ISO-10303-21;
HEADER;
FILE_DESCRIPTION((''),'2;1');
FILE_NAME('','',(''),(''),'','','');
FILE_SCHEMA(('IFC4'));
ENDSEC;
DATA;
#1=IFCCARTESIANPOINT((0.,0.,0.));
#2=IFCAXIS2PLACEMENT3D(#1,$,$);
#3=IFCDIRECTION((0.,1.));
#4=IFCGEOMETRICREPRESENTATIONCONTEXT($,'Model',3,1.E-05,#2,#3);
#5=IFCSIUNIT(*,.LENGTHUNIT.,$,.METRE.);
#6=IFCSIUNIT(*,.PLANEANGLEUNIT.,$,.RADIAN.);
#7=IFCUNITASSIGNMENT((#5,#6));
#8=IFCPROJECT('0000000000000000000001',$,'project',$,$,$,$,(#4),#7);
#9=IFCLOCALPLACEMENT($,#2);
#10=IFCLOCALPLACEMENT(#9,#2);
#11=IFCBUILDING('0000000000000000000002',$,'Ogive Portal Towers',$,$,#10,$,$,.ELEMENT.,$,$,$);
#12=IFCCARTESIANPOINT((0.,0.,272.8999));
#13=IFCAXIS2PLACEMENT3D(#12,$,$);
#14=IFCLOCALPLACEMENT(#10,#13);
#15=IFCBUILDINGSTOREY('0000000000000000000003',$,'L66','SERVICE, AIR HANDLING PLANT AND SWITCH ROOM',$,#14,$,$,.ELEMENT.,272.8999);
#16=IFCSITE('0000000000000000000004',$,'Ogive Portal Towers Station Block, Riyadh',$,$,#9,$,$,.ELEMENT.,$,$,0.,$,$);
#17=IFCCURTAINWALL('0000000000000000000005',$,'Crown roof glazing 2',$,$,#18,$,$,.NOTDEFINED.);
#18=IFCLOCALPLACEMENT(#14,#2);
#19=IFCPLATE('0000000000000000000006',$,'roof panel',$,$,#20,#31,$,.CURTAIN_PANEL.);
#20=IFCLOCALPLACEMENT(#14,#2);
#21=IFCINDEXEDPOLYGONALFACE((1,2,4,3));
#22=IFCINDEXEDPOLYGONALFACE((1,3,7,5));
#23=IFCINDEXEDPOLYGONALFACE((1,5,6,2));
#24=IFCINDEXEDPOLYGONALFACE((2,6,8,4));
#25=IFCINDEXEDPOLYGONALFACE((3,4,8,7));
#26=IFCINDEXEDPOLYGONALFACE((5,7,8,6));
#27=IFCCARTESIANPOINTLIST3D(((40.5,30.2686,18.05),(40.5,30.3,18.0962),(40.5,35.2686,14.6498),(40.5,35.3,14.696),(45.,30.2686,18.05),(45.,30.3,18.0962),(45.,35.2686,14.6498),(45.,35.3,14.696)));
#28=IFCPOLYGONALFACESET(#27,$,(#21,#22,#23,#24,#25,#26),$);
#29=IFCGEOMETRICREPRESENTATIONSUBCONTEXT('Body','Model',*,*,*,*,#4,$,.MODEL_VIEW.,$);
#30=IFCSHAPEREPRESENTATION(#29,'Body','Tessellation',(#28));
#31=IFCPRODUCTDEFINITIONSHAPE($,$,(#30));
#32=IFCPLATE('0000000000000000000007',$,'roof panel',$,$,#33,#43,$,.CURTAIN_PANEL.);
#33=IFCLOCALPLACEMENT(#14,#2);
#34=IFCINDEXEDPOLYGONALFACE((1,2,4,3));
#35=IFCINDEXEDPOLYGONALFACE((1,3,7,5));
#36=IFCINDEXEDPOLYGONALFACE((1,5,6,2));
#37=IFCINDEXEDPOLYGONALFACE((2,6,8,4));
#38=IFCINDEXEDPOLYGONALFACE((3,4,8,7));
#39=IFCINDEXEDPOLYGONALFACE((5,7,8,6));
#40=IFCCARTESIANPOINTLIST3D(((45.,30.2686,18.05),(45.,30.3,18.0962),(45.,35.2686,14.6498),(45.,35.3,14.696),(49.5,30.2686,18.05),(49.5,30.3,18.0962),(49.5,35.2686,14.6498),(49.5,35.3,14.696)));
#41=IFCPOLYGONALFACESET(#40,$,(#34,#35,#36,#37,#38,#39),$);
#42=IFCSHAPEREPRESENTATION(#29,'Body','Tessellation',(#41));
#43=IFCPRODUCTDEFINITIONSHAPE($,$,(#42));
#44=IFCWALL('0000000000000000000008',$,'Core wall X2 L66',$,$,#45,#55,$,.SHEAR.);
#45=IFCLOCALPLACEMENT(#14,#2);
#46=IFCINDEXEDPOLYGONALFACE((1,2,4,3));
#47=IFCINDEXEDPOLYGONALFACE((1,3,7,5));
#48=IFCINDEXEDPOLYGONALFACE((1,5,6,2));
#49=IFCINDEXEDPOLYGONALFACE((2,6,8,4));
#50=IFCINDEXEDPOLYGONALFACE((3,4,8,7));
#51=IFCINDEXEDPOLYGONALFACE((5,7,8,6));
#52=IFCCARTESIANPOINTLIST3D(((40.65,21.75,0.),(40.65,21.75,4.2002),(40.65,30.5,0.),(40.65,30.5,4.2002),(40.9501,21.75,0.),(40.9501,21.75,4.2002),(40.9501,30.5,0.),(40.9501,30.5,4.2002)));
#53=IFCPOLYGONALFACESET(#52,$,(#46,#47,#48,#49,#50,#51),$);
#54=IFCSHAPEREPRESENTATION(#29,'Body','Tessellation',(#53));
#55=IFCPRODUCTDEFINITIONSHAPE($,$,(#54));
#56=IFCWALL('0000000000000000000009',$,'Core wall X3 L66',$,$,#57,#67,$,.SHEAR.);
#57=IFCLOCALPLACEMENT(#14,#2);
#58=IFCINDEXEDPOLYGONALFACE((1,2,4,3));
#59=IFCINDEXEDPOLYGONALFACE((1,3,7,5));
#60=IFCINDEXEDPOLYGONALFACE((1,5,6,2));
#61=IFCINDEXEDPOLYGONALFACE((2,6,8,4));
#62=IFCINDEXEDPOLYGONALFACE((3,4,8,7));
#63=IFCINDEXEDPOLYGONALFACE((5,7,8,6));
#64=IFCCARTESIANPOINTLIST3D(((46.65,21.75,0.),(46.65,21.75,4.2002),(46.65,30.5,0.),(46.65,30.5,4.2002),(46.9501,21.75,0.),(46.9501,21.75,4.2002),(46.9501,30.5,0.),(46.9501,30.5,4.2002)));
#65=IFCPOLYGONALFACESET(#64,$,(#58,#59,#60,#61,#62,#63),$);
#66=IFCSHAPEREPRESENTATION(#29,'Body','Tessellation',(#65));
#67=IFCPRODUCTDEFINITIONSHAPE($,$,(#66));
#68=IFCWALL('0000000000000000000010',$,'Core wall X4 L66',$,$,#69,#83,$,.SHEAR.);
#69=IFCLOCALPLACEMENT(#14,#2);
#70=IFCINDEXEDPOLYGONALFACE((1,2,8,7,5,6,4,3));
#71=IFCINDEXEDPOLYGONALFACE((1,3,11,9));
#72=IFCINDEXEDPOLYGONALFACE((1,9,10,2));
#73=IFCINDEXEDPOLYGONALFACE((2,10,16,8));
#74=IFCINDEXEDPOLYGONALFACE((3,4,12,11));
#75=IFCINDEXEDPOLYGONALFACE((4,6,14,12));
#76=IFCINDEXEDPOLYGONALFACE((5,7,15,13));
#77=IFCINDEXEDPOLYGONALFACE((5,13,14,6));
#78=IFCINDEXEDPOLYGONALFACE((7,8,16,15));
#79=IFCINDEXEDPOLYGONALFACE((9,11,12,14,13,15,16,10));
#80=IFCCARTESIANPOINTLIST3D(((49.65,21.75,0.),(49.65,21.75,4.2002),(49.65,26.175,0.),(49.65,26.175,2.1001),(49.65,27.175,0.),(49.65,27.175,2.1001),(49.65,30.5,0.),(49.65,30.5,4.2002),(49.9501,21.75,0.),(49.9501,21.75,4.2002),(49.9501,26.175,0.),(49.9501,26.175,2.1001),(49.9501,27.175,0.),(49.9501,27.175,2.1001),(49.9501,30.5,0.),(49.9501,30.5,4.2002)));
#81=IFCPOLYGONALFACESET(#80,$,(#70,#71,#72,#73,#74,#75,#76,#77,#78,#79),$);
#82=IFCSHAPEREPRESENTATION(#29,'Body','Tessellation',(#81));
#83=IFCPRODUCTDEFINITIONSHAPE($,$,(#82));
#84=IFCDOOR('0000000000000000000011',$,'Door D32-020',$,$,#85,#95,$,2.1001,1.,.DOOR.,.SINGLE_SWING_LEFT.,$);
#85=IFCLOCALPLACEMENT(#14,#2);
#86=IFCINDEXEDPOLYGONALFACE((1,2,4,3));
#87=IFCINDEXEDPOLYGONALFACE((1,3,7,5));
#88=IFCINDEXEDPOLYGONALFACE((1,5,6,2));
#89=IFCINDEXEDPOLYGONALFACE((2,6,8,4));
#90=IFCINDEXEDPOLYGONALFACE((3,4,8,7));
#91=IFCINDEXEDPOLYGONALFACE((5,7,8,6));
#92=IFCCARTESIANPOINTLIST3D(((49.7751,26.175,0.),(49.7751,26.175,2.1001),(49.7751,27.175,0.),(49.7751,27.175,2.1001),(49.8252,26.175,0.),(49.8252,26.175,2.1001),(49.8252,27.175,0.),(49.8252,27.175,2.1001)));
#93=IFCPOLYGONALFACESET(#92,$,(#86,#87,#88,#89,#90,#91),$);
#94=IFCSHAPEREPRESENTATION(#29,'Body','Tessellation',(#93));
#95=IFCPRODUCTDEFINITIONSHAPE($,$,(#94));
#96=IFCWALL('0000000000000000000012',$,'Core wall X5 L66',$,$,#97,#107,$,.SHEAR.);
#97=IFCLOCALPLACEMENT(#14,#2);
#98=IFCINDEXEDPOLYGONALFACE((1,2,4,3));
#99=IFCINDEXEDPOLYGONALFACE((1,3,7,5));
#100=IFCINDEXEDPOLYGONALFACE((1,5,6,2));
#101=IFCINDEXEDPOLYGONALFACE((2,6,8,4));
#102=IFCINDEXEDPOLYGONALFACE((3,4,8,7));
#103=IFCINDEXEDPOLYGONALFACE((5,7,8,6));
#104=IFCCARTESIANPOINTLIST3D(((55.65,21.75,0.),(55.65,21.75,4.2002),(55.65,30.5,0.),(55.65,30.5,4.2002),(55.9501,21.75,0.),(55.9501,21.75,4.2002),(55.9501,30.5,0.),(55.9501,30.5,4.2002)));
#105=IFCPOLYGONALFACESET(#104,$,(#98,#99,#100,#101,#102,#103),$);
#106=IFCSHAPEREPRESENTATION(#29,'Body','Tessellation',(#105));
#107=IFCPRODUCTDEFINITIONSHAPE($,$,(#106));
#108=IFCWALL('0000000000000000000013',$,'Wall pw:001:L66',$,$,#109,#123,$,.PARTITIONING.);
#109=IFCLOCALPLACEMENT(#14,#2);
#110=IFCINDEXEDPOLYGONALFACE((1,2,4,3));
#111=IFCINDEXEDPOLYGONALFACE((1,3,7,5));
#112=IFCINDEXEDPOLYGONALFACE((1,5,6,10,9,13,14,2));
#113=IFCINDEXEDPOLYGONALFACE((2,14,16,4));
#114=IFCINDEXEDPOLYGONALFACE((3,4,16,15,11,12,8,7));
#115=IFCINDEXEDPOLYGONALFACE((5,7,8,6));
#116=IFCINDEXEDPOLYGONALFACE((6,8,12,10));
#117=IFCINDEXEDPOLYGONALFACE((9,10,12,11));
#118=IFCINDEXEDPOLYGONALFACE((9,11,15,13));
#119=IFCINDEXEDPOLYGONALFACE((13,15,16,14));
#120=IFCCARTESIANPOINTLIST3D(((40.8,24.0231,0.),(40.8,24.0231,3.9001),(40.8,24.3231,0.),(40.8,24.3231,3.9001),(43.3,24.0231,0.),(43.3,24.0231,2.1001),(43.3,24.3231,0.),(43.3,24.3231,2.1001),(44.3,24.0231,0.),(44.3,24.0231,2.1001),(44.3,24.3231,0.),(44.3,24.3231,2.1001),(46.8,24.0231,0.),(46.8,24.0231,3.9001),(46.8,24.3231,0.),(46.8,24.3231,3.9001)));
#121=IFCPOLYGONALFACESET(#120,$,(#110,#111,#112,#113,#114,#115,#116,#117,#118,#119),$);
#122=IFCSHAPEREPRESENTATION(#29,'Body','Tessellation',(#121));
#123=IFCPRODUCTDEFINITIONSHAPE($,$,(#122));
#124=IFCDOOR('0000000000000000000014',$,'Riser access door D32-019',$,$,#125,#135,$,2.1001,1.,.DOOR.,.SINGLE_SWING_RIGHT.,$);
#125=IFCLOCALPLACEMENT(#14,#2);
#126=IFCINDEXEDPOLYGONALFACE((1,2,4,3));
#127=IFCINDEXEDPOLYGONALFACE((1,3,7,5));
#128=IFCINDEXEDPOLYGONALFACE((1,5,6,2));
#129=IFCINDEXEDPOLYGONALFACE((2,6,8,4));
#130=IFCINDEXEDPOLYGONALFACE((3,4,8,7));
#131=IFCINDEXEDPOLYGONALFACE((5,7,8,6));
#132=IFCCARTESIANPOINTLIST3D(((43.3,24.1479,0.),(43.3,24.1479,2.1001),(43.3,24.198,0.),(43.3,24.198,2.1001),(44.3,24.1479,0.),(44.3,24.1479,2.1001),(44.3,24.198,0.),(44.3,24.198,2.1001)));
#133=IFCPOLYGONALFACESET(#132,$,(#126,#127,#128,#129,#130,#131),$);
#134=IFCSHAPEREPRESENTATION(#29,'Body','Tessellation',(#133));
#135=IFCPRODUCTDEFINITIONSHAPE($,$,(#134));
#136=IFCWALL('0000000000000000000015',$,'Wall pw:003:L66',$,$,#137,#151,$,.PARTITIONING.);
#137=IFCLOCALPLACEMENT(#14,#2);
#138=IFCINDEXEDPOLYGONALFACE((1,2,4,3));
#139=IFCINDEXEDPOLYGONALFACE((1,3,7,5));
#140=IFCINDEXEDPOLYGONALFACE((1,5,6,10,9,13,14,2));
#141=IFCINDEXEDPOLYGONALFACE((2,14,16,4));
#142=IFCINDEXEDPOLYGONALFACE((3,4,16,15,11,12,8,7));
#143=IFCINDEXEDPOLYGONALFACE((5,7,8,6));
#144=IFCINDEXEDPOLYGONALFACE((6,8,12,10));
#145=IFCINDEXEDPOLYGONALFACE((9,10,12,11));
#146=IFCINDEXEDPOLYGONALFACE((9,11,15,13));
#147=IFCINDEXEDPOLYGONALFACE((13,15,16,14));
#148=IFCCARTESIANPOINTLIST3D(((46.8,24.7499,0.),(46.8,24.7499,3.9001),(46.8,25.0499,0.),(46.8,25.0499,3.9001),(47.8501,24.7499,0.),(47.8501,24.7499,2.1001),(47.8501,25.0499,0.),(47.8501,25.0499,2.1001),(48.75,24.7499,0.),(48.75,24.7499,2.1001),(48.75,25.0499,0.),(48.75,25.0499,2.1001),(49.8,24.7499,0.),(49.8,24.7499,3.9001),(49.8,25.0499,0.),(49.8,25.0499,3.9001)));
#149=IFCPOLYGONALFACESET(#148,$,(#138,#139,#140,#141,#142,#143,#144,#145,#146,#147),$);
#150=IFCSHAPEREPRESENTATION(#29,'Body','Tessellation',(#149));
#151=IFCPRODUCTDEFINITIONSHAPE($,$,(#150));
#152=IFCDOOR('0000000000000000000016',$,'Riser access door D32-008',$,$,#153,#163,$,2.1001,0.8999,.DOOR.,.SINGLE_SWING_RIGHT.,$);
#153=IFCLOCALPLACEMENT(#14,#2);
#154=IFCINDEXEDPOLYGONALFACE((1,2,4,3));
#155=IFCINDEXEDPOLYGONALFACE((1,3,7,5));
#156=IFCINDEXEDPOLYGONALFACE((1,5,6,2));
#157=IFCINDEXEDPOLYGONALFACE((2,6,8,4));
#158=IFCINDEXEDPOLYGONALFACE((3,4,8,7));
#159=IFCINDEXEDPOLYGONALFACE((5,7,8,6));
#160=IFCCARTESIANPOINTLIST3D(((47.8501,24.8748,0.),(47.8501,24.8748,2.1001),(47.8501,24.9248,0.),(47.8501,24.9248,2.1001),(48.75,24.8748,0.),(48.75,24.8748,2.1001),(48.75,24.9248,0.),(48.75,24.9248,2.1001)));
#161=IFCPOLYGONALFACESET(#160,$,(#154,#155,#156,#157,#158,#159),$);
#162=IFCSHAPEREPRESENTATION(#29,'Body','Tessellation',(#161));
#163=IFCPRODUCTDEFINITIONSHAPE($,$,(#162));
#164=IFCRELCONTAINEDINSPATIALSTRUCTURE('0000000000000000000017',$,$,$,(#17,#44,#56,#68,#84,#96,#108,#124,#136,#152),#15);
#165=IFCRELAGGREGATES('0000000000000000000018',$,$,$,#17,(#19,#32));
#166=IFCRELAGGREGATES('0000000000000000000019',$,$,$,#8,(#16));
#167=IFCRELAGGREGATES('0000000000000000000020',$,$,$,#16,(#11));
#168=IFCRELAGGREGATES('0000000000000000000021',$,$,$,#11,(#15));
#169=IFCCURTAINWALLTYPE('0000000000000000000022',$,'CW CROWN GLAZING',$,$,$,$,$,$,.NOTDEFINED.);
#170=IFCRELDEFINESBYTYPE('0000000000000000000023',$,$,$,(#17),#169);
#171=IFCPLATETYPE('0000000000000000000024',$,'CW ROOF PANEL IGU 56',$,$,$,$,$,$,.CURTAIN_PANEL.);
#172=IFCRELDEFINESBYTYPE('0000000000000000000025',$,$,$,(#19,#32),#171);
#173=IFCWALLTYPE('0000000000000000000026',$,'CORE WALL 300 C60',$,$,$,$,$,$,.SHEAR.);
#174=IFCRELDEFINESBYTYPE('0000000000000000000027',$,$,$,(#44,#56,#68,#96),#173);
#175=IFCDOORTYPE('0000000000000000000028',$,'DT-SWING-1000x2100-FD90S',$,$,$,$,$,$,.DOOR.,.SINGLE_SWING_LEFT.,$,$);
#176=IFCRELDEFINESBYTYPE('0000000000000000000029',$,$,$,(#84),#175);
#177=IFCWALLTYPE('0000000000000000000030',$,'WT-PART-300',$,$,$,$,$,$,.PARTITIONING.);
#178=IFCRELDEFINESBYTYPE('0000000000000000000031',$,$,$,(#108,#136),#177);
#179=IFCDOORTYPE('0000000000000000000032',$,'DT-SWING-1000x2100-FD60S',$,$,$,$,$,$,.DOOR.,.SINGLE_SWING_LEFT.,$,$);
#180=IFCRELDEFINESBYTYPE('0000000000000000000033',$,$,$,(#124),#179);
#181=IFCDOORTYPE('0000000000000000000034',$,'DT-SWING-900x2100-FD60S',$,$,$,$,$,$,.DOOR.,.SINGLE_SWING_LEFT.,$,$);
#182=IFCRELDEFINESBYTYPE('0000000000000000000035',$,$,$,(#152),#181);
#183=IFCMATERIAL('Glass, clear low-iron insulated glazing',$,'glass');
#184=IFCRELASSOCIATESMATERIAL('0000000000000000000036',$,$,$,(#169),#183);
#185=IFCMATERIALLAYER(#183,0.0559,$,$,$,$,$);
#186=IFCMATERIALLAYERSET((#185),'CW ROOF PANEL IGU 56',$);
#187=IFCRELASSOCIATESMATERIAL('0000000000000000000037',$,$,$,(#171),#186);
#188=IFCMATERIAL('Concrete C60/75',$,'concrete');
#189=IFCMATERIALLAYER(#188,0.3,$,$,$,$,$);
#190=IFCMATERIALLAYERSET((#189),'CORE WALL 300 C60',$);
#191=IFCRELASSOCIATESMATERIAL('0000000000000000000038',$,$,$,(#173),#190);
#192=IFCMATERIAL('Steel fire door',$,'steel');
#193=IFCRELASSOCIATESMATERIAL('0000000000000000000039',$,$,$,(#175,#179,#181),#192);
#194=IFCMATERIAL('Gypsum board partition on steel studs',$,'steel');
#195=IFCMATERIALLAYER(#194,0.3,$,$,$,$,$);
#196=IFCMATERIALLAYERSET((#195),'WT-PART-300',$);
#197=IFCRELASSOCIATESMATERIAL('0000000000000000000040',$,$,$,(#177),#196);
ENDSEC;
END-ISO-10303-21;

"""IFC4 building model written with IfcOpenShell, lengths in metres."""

from ifc_helpers import new_model, si_unit, direction, frame, frame_2d, origin, place, context, subcontext, project, spatial, polyline, rectangle, outline, extrude, material, layer, layer_set, type_object, element, fill, aggregate, save


model = new_model("IFC4")

# Units and contexts
model_context = context("Model", 3, precision=1e-05, world=origin(), true_north=direction((0.0, 1.0)))
body_context = subcontext(model_context, "Body", "Model", "MODEL_VIEW")
ifc_project = project(units=[si_unit("LENGTHUNIT", "METRE"), si_unit("PLANEANGLEUNIT", "RADIAN")], contexts=[model_context])

# Site, building, storey
site_placement = place(None, origin())
site = spatial("IfcSite", under=ifc_project, at=site_placement, Name="Ogive Portal Towers Station Block, Riyadh", CompositionType="ELEMENT", RefElevation=0.0)
building_placement = place(site_placement, origin())
building = spatial("IfcBuilding", under=site, at=building_placement, Name="Ogive Portal Towers", CompositionType="ELEMENT")
storey_placement = place(building_placement, frame((0.0, 0.0, 272.8999)))
storey = spatial("IfcBuildingStorey", under=building, at=storey_placement, Name="L66", Description="SERVICE, AIR HANDLING PLANT AND SWITCH ROOM", CompositionType="ELEMENT", Elevation=272.8999)

# Shared definitions
ifc_material_1 = material(Name="Glass, clear low-iron insulated glazing", Category="glass")
curtain_wall_type = type_object("IfcCurtainWallType", Name="CW CROWN GLAZING", PredefinedType="NOTDEFINED", material=ifc_material_1)

# Curtain wall
curtain_wall_1_placement = place(storey_placement, origin())
curtain_wall_1 = element("IfcCurtainWall", 1, at=curtain_wall_1_placement, inside=storey, type_object=curtain_wall_type, Name="Crown roof glazing 2", PredefinedType="NOTDEFINED")

# Plates
ifc_layer_1 = layer(ifc_material_1, 0.0559)
ifc_layer_set_1 = layer_set([ifc_layer_1], Name="CW ROOF PANEL IGU 56")
plate_type_1 = type_object("IfcPlateType", Name="CW ROOF PANEL IGU 56", PredefinedType="CURTAIN_PANEL", material=ifc_layer_set_1)
plate_1_placement = place(storey_placement, frame((45.0, 30.3, 18.0962), z_axis=(0.0, 0.562327, 0.826915), x_axis=(0.0, 0.826915, -0.562327)))
plate_1 = element("IfcPlate", 2, at=plate_1_placement, type_object=plate_type_1, Name="roof panel", PredefinedType="CURTAIN_PANEL", context=body_context, shape_type="SweptSolid", body=[
    extrude(outline(polyline([(0.0, 0.0), (6.0466, 0.0), (6.0466, 4.5), (0.0, 4.5), (0.0, 0.0)])), origin(), (0.0, 0.0, -1.0), 0.0559),
])
plate_2_placement = place(storey_placement, frame((49.5, 30.3, 18.0962), z_axis=(0.0, 0.562327, 0.826915), x_axis=(0.0, 0.826915, -0.562327)))
plate_2 = element("IfcPlate", 3, at=plate_2_placement, type_object=plate_type_1, Name="roof panel", PredefinedType="CURTAIN_PANEL", context=body_context, shape_type="SweptSolid", body=[
    extrude(outline(polyline([(0.0, 0.0), (6.0466, 0.0), (6.0466, 4.5), (0.0, 4.5), (0.0, 0.0)])), origin(), (0.0, 0.0, -1.0), 0.0559),
])
aggregate(curtain_wall_1, [plate_1, plate_2])

# Walls
ifc_material_2 = material(Name="Concrete C60/75", Category="concrete")
ifc_layer_2 = layer(ifc_material_2, 0.3)
ifc_layer_set_2 = layer_set([ifc_layer_2], Name="CORE WALL 300 C60")
wall_type_1 = type_object("IfcWallType", Name="CORE WALL 300 C60", PredefinedType="SHEAR", material=ifc_layer_set_2)
for number, where, z_axis, x_axis, name in (
    (4, (40.8, 21.75, 0.0), (0.0, 0.0, 1.0), (0.0, 1.0, 0.0), "Core wall X2 L66"),
    (5, (46.8, 21.75, 0.0), (0.0, 0.0, 1.0), (0.0, 1.0, 0.0), "Core wall X3 L66"),
):
    element("IfcWall", number, at=place(storey_placement, frame(where, z_axis=z_axis, x_axis=x_axis)), inside=storey, type_object=wall_type_1, Name=name, PredefinedType="SHEAR", context=body_context, shape_type="SweptSolid", body=[
        extrude(rectangle(XDim=8.75, YDim=0.3, at=frame_2d((4.375, 0.0))), origin(), (0.0, 0.0, 1.0), 4.2002),
    ])

# Wall, opening, door
wall_1_placement = place(storey_placement, frame((49.8, 21.75, 0.0), z_axis=(0.0, 0.0, 1.0), x_axis=(0.0, 1.0, 0.0)))
wall_1 = element("IfcWall", 6, at=wall_1_placement, inside=storey, type_object=wall_type_1, Name="Core wall X4 L66", PredefinedType="SHEAR", context=body_context, shape_type="SweptSolid", body=[
    extrude(rectangle(XDim=8.75, YDim=0.3, at=frame_2d((4.375, 0.0))), origin(), (0.0, 0.0, 1.0), 4.2002),
])
opening_1_placement = place(wall_1_placement, frame((4.425, 0.0, 0.0)))
opening_1 = element("IfcOpeningElement", 7, at=opening_1_placement, cuts=wall_1, PredefinedType="OPENING", context=body_context, shape_type="SweptSolid", body=[
    extrude(rectangle(XDim=1.0, YDim=2.1001, at=frame_2d((0.5, 1.05))), frame((0.0, 0.1602, 0.0), z_axis=(0.0, -1.0, 0.0), x_axis=(1.0, 0.0, 0.0)), (0.0, 0.0, 1.0), 0.3201),
])
ifc_material_3 = material(Name="Steel fire door", Category="steel")
door_type_1 = type_object("IfcDoorType", Name="DT-SWING-1000x2100-FD90S", OperationType="SINGLE_SWING_LEFT", PredefinedType="DOOR", material=ifc_material_3)
door_1_placement = place(opening_1_placement, origin())
door_1 = element("IfcDoor", 8, at=door_1_placement, inside=storey, type_object=door_type_1, Name="Door D32-020", OperationType="SINGLE_SWING_LEFT", OverallHeight=2.1001, OverallWidth=1.0, PredefinedType="DOOR", context=body_context, shape_type="SweptSolid", body=[
    extrude(rectangle(XDim=1.0, YDim=2.1001, at=frame_2d((0.5, 1.05))), frame((0.0, 0.0249, 0.0), z_axis=(0.0, -1.0, 0.0), x_axis=(1.0, 0.0, 0.0)), (0.0, 0.0, 1.0), 0.05),
])
fill(opening_1, door_1)

# Wall
wall_2_placement = place(storey_placement, frame((55.8, 21.75, 0.0), z_axis=(0.0, 0.0, 1.0), x_axis=(0.0, 1.0, 0.0)))
element("IfcWall", 9, at=wall_2_placement, inside=storey, type_object=wall_type_1, Name="Core wall X5 L66", PredefinedType="SHEAR", context=body_context, shape_type="SweptSolid", body=[
    extrude(rectangle(XDim=8.75, YDim=0.3, at=frame_2d((4.375, 0.0))), origin(), (0.0, 0.0, 1.0), 4.2002),
])

# Walls, openings, doors
ifc_material_4 = material(Name="Gypsum board partition on steel studs", Category="steel")
ifc_layer_3 = layer(ifc_material_4, 0.3)
ifc_layer_set_3 = layer_set([ifc_layer_3], Name="WT-PART-300")
wall_type_2 = type_object("IfcWallType", Name="WT-PART-300", PredefinedType="PARTITIONING", material=ifc_layer_set_3)
wall_3_placement = place(storey_placement, frame((40.8, 24.1731, 0.0), z_axis=(0.0, 0.0, 1.0), x_axis=(1.0, 0.0, 0.0)))
wall_3 = element("IfcWall", 10, at=wall_3_placement, inside=storey, type_object=wall_type_2, Name="Wall pw:001:L66", PredefinedType="PARTITIONING", context=body_context, shape_type="SweptSolid", body=[
    extrude(rectangle(XDim=6.0, YDim=0.3, at=frame_2d((3.0, 0.0))), origin(), (0.0, 0.0, 1.0), 3.9001),
])
opening_2_placement = place(wall_3_placement, frame((2.5, 0.0, 0.0)))
opening_2 = element("IfcOpeningElement", 11, at=opening_2_placement, cuts=wall_3, PredefinedType="OPENING", context=body_context, shape_type="SweptSolid", body=[
    extrude(rectangle(XDim=1.0, YDim=2.1001, at=frame_2d((0.5, 1.05))), frame((0.0, 0.1602, 0.0), z_axis=(0.0, -1.0, 0.0), x_axis=(1.0, 0.0, 0.0)), (0.0, 0.0, 1.0), 0.3201),
])
door_type_2 = type_object("IfcDoorType", Name="DT-SWING-1000x2100-FD60S", OperationType="SINGLE_SWING_LEFT", PredefinedType="DOOR", material=ifc_material_3)
door_2_placement = place(opening_2_placement, origin())
door_2 = element("IfcDoor", 12, at=door_2_placement, inside=storey, type_object=door_type_2, Name="Riser access door D32-019", OperationType="SINGLE_SWING_RIGHT", OverallHeight=2.1001, OverallWidth=1.0, PredefinedType="DOOR", context=body_context, shape_type="SweptSolid", body=[
    extrude(rectangle(XDim=1.0, YDim=2.1001, at=frame_2d((0.5, 1.05))), frame((0.0, 0.0249, 0.0), z_axis=(0.0, -1.0, 0.0), x_axis=(1.0, 0.0, 0.0)), (0.0, 0.0, 1.0), 0.05),
])
fill(opening_2, door_2)
wall_4_placement = place(storey_placement, frame((46.8, 24.8999, 0.0), z_axis=(0.0, 0.0, 1.0), x_axis=(1.0, 0.0, 0.0)))
wall_4 = element("IfcWall", 13, at=wall_4_placement, inside=storey, type_object=wall_type_2, Name="Wall pw:003:L66", PredefinedType="PARTITIONING", context=body_context, shape_type="SweptSolid", body=[
    extrude(rectangle(XDim=3.0, YDim=0.3, at=frame_2d((1.5, 0.0))), origin(), (0.0, 0.0, 1.0), 3.9001),
])
opening_3_placement = place(wall_4_placement, frame((1.05, 0.0, 0.0)))
opening_3 = element("IfcOpeningElement", 14, at=opening_3_placement, cuts=wall_4, PredefinedType="OPENING", context=body_context, shape_type="SweptSolid", body=[
    extrude(rectangle(XDim=0.8999, YDim=2.1001, at=frame_2d((0.45, 1.05))), frame((0.0, 0.1602, 0.0), z_axis=(0.0, -1.0, 0.0), x_axis=(1.0, 0.0, 0.0)), (0.0, 0.0, 1.0), 0.3201),
])
door_type_3 = type_object("IfcDoorType", Name="DT-SWING-900x2100-FD60S", OperationType="SINGLE_SWING_LEFT", PredefinedType="DOOR", material=ifc_material_3)
door_3_placement = place(opening_3_placement, origin())
door_3 = element("IfcDoor", 15, at=door_3_placement, inside=storey, type_object=door_type_3, Name="Riser access door D32-008", OperationType="SINGLE_SWING_RIGHT", OverallHeight=2.1001, OverallWidth=0.8999, PredefinedType="DOOR", context=body_context, shape_type="SweptSolid", body=[
    extrude(rectangle(XDim=0.8999, YDim=2.1001, at=frame_2d((0.45, 1.05))), frame((0.0, 0.0249, 0.0), z_axis=(0.0, -1.0, 0.0), x_axis=(1.0, 0.0, 0.0)), (0.0, 0.0, 1.0), 0.05),
])
fill(opening_3, door_3)

save(model, "model.ifc")
